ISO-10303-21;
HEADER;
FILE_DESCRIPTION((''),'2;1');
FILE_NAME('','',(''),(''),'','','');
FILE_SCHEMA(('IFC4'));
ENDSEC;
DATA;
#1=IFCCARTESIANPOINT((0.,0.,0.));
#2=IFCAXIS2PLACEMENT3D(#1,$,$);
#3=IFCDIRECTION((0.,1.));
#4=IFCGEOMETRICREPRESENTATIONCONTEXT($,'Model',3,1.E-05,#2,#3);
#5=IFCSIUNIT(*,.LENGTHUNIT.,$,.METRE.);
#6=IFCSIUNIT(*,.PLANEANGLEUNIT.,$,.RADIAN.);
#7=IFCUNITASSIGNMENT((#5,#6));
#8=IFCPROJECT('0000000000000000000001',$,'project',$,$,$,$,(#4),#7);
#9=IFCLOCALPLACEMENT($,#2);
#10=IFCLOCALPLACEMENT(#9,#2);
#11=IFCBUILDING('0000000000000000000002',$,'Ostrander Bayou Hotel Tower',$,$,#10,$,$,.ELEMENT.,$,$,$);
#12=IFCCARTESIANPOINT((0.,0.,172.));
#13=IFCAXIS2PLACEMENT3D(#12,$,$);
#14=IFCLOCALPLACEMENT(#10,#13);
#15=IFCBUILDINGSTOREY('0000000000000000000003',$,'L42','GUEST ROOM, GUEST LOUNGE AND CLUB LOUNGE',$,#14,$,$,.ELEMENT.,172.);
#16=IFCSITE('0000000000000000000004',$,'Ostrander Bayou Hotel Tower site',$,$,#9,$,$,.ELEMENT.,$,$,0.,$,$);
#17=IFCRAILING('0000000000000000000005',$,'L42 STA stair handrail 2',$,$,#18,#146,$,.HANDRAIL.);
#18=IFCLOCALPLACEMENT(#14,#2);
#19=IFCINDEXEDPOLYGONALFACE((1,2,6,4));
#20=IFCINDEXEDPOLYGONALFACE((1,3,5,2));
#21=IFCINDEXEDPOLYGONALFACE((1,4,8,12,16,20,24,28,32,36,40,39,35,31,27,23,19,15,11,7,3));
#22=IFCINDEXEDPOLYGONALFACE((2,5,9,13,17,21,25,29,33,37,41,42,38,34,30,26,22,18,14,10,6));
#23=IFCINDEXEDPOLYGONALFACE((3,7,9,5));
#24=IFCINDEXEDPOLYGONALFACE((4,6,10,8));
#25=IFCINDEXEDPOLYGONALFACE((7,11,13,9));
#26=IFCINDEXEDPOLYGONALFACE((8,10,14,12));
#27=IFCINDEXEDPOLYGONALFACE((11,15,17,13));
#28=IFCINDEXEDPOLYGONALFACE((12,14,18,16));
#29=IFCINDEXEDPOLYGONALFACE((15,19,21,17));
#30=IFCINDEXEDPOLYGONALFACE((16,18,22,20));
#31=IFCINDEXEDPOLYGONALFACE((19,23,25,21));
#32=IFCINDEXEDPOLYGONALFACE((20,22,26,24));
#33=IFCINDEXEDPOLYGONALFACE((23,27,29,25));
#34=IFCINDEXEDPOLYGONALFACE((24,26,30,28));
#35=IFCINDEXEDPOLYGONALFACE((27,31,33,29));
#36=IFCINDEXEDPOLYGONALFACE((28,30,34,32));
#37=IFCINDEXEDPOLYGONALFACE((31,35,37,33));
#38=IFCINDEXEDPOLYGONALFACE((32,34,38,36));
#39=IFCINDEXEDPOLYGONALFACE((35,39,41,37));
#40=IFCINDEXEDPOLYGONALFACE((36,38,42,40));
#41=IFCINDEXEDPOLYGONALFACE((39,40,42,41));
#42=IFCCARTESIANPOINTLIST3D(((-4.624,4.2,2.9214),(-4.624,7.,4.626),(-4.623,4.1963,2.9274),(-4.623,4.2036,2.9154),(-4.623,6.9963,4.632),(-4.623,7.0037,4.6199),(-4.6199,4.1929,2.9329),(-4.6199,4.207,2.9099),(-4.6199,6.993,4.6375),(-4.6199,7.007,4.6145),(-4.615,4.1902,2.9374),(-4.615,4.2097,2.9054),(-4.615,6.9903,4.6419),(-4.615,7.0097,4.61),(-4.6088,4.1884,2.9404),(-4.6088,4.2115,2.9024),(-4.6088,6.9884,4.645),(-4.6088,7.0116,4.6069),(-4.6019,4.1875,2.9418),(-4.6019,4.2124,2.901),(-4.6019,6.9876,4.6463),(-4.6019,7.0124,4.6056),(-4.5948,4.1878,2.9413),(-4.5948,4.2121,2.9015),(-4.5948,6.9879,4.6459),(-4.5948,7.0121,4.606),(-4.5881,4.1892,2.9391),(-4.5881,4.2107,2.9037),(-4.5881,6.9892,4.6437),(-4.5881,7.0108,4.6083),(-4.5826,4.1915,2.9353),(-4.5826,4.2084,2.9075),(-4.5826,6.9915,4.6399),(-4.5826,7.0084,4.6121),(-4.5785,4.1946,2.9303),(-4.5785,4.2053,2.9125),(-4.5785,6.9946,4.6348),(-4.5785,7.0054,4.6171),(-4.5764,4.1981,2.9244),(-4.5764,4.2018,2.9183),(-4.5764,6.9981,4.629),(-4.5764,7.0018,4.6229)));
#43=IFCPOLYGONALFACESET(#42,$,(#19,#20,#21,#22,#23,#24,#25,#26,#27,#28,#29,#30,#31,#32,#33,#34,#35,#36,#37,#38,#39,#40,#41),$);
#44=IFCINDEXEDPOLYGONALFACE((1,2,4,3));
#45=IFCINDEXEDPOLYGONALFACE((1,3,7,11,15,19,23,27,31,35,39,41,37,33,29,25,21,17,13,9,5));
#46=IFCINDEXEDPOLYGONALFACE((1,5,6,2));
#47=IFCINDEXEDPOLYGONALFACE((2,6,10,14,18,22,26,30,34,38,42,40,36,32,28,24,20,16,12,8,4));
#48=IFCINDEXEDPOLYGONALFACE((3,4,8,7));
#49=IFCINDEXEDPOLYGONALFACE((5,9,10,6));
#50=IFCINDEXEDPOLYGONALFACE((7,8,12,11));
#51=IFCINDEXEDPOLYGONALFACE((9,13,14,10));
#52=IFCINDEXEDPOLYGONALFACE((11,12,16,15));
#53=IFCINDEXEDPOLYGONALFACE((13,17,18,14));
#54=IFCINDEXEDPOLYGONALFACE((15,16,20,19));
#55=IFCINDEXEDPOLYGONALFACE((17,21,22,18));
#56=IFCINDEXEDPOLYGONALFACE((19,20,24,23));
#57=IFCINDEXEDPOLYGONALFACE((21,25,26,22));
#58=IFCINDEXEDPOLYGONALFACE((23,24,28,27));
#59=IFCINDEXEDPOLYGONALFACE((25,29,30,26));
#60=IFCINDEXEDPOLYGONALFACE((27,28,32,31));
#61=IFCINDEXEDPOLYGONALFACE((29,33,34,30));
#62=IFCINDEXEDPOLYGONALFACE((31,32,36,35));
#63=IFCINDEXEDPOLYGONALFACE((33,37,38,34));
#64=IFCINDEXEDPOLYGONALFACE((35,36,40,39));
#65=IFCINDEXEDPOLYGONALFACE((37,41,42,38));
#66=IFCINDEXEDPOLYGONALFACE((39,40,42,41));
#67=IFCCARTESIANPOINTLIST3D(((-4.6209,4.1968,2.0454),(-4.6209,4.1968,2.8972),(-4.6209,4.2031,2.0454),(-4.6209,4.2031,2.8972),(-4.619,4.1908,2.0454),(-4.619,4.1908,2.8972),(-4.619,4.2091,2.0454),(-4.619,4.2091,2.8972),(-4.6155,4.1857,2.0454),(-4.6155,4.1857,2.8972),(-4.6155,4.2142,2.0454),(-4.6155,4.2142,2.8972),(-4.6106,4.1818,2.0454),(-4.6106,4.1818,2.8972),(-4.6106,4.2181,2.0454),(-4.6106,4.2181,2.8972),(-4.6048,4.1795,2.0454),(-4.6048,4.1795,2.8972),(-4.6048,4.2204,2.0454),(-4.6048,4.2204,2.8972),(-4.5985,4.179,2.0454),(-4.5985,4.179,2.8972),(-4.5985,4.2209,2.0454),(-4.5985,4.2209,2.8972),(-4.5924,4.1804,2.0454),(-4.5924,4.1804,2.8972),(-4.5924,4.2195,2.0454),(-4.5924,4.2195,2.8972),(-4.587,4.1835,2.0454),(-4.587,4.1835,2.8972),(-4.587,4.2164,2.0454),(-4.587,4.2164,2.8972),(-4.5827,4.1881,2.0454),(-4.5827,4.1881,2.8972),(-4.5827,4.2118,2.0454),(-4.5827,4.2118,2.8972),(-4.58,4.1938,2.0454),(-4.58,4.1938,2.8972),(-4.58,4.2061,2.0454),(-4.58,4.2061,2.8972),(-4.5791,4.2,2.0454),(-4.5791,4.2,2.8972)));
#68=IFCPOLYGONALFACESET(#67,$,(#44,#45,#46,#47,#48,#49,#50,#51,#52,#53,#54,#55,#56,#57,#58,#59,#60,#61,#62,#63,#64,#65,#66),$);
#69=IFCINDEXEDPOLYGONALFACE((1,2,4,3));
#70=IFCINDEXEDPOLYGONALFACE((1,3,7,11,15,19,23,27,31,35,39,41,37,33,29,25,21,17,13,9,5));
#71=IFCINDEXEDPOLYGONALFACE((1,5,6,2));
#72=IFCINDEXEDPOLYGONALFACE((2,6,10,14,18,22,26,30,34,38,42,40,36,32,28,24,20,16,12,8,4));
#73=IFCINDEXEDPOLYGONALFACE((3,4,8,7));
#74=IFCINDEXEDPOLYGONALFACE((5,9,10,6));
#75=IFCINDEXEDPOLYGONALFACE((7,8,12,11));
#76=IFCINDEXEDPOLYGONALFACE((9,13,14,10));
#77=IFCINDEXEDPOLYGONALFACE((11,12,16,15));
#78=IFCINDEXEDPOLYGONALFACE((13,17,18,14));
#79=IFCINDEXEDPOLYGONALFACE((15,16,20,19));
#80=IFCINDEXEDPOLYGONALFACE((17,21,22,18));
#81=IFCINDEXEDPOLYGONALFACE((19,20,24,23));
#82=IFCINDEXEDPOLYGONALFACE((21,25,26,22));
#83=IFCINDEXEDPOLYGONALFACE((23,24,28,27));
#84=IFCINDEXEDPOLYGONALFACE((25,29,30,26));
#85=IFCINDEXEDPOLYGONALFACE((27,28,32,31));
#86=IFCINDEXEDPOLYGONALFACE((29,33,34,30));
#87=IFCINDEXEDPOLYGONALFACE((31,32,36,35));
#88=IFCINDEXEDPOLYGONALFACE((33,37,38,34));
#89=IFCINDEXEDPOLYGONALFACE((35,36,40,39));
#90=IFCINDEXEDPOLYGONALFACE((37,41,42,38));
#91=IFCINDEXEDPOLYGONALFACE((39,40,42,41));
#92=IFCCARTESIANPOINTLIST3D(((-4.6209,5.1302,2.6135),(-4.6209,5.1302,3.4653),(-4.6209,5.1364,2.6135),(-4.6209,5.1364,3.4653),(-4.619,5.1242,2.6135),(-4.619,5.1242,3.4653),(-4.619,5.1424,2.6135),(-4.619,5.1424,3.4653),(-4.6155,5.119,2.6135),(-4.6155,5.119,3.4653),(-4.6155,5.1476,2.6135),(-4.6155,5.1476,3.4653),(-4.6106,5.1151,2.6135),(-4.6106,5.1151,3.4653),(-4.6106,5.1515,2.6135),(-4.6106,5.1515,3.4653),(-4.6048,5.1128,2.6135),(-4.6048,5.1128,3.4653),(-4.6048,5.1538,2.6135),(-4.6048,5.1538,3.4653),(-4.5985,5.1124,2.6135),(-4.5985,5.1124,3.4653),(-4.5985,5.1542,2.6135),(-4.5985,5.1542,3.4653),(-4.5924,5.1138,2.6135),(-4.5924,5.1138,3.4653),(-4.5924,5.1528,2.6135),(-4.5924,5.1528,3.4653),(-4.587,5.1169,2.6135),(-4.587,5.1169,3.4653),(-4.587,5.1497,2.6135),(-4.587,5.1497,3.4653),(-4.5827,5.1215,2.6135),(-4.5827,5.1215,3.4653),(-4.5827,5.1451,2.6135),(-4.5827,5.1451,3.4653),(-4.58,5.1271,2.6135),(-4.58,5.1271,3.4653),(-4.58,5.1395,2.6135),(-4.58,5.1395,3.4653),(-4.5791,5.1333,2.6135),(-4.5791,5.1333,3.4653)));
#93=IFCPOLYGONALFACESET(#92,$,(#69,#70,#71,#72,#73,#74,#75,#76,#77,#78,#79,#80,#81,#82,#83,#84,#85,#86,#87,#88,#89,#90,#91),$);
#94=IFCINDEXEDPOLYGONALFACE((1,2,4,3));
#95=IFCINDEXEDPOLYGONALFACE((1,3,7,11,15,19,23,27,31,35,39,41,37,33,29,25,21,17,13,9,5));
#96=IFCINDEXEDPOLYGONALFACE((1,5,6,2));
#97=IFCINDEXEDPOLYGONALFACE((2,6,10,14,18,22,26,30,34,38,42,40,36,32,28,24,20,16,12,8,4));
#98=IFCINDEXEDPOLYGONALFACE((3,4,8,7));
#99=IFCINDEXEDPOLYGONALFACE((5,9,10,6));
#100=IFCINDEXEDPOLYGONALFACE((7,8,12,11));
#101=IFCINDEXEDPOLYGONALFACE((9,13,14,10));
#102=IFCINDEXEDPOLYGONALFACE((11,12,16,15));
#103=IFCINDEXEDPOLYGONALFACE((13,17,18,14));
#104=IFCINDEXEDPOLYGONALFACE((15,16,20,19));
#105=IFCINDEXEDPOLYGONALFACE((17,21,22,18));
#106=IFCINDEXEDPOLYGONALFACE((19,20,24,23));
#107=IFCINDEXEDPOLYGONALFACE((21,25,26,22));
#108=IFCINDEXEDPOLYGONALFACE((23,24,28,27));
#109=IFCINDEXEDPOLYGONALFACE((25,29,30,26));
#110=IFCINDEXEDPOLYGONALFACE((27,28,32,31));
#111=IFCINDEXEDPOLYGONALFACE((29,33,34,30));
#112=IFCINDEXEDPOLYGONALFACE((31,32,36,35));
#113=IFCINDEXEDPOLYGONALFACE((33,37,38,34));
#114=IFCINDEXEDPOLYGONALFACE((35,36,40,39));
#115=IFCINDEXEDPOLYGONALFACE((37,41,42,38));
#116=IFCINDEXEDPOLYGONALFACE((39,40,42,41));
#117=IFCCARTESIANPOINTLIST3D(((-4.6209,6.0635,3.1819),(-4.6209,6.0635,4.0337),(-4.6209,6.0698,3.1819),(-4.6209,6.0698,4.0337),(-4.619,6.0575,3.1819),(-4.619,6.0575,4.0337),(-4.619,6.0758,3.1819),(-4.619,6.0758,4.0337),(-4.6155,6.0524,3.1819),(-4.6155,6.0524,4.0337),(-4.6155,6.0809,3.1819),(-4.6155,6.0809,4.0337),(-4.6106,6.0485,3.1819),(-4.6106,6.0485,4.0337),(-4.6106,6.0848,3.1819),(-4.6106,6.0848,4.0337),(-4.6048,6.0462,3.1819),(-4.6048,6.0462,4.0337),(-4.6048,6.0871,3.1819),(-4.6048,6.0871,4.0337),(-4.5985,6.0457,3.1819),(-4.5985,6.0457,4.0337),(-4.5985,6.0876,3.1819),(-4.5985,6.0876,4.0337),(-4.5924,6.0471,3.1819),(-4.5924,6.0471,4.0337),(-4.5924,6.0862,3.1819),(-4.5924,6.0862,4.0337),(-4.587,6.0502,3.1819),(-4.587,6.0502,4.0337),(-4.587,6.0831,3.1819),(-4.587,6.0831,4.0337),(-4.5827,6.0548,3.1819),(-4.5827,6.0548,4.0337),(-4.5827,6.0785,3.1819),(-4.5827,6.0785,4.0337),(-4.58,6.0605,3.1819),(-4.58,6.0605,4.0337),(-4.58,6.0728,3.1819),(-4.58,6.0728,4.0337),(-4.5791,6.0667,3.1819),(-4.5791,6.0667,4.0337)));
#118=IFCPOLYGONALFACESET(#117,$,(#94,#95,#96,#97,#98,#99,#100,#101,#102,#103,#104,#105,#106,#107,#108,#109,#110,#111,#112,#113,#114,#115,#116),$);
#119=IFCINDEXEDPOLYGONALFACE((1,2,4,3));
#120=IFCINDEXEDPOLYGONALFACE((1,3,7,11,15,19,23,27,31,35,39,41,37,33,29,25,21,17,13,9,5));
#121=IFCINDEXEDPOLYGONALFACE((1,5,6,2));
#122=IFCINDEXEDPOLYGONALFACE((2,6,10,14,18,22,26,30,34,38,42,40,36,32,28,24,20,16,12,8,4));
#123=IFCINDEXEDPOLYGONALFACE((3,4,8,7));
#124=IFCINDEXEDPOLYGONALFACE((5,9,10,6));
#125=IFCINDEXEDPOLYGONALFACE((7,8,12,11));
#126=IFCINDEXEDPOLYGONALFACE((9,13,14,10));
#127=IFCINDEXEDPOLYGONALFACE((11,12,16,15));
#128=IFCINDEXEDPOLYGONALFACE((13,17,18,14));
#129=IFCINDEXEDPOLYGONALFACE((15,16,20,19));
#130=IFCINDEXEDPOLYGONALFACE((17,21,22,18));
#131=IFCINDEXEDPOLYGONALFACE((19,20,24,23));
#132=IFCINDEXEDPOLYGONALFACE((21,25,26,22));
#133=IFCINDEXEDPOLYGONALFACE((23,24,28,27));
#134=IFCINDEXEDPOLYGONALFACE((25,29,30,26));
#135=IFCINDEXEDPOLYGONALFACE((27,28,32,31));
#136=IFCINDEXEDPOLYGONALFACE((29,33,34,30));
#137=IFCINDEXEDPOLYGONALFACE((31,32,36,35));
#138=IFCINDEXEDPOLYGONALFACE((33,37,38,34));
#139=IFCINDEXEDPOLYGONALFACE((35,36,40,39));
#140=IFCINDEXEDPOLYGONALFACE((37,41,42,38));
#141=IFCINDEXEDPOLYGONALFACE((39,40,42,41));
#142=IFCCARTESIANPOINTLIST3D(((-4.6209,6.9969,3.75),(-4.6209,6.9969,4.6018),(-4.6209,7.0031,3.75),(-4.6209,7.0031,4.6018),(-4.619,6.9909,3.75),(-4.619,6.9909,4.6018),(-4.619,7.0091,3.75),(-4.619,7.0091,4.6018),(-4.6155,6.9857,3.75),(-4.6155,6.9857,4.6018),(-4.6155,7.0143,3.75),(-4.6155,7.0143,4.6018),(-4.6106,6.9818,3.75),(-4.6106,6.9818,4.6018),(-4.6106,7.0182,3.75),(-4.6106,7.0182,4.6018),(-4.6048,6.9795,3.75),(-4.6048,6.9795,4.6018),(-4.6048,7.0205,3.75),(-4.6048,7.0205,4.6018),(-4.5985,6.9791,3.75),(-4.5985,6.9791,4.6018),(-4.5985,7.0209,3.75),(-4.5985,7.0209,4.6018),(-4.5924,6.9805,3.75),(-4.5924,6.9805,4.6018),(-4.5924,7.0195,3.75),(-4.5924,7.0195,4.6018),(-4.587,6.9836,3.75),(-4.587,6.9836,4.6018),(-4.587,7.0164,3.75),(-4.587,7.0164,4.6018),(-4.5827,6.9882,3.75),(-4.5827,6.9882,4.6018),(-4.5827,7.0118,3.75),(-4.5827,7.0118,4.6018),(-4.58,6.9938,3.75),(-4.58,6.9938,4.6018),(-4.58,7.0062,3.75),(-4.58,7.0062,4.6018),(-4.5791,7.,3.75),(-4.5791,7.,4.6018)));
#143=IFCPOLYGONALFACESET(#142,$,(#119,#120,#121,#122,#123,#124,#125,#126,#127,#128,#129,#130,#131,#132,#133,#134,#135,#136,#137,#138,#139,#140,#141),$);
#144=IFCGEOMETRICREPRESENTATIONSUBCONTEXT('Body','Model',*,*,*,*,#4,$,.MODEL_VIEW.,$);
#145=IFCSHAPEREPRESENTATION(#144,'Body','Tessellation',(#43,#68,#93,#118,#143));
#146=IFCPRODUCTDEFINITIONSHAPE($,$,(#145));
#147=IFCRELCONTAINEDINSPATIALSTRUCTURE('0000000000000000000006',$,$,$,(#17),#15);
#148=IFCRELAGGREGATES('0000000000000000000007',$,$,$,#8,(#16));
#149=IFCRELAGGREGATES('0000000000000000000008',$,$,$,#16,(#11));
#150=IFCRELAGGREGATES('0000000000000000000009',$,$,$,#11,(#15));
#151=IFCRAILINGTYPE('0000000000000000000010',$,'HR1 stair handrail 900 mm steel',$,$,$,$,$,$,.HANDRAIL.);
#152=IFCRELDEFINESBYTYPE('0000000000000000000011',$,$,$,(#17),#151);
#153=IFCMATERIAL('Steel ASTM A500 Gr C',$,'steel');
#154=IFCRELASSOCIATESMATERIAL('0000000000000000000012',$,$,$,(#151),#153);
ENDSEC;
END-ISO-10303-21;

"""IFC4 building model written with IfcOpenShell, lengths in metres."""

from ifc_helpers import new_model, si_unit, direction, frame, origin, origin_2d, place, context, subcontext, project, spatial, circle, extrude, material, type_object, element, save


model = new_model("IFC4")

# Units and contexts
model_context = context("Model", 3, precision=1e-05, world=origin(), true_north=direction((0.0, 1.0)))
body_context = subcontext(model_context, "Body", "Model", "MODEL_VIEW")
ifc_project = project(units=[si_unit("LENGTHUNIT", "METRE"), si_unit("PLANEANGLEUNIT", "RADIAN")], contexts=[model_context])

# Site, building, storey
site_placement = place(None, origin())
site = spatial("IfcSite", under=ifc_project, at=site_placement, Name="Ostrander Bayou Hotel Tower site", CompositionType="ELEMENT", RefElevation=0.0)
building_placement = place(site_placement, origin())
building = spatial("IfcBuilding", under=site, at=building_placement, Name="Ostrander Bayou Hotel Tower", CompositionType="ELEMENT")
storey_placement = place(building_placement, frame((0.0, 0.0, 172.0)))
storey = spatial("IfcBuildingStorey", under=building, at=storey_placement, Name="L42", Description="GUEST ROOM, GUEST LOUNGE AND CLUB LOUNGE", CompositionType="ELEMENT", Elevation=172.0)

# Railing
ifc_material_1 = material(Name="Steel ASTM A500 Gr C", Category="steel")
railing_type_1 = type_object("IfcRailingType", Name="HR1 stair handrail 900 mm steel", PredefinedType="HANDRAIL", material=ifc_material_1)
railing_1_placement = place(storey_placement, frame((-4.6001, 4.2, 2.0454)))
element("IfcRailing", 1, at=railing_1_placement, inside=storey, type_object=railing_type_1, Name="L42 STA stair handrail 2", PredefinedType="HANDRAIL", context=body_context, shape_type="SweptSolid", body=[
    extrude(circle(Radius=0.0239, at=origin_2d()), frame((0.0, 0.0, 0.876), z_axis=(0.0, 0.85417, 0.519994), x_axis=(-1.0, 0.0, 0.0)), (0.0, 0.0, 1.0), 3.2781),
    extrude(circle(Radius=0.021, at=origin_2d()), origin(), (0.0, 0.0, 1.0), 0.8518),
    extrude(circle(Radius=0.021, at=origin_2d()), frame((0.0, 0.9333, 0.5681)), (0.0, 0.0, 1.0), 0.8518),
    extrude(circle(Radius=0.021, at=origin_2d()), frame((0.0, 1.8667, 1.1365)), (0.0, 0.0, 1.0), 0.8518),
    extrude(circle(Radius=0.021, at=origin_2d()), frame((0.0, 2.8, 1.7046)), (0.0, 0.0, 1.0), 0.8518),
])

save(model, "model.ifc")
